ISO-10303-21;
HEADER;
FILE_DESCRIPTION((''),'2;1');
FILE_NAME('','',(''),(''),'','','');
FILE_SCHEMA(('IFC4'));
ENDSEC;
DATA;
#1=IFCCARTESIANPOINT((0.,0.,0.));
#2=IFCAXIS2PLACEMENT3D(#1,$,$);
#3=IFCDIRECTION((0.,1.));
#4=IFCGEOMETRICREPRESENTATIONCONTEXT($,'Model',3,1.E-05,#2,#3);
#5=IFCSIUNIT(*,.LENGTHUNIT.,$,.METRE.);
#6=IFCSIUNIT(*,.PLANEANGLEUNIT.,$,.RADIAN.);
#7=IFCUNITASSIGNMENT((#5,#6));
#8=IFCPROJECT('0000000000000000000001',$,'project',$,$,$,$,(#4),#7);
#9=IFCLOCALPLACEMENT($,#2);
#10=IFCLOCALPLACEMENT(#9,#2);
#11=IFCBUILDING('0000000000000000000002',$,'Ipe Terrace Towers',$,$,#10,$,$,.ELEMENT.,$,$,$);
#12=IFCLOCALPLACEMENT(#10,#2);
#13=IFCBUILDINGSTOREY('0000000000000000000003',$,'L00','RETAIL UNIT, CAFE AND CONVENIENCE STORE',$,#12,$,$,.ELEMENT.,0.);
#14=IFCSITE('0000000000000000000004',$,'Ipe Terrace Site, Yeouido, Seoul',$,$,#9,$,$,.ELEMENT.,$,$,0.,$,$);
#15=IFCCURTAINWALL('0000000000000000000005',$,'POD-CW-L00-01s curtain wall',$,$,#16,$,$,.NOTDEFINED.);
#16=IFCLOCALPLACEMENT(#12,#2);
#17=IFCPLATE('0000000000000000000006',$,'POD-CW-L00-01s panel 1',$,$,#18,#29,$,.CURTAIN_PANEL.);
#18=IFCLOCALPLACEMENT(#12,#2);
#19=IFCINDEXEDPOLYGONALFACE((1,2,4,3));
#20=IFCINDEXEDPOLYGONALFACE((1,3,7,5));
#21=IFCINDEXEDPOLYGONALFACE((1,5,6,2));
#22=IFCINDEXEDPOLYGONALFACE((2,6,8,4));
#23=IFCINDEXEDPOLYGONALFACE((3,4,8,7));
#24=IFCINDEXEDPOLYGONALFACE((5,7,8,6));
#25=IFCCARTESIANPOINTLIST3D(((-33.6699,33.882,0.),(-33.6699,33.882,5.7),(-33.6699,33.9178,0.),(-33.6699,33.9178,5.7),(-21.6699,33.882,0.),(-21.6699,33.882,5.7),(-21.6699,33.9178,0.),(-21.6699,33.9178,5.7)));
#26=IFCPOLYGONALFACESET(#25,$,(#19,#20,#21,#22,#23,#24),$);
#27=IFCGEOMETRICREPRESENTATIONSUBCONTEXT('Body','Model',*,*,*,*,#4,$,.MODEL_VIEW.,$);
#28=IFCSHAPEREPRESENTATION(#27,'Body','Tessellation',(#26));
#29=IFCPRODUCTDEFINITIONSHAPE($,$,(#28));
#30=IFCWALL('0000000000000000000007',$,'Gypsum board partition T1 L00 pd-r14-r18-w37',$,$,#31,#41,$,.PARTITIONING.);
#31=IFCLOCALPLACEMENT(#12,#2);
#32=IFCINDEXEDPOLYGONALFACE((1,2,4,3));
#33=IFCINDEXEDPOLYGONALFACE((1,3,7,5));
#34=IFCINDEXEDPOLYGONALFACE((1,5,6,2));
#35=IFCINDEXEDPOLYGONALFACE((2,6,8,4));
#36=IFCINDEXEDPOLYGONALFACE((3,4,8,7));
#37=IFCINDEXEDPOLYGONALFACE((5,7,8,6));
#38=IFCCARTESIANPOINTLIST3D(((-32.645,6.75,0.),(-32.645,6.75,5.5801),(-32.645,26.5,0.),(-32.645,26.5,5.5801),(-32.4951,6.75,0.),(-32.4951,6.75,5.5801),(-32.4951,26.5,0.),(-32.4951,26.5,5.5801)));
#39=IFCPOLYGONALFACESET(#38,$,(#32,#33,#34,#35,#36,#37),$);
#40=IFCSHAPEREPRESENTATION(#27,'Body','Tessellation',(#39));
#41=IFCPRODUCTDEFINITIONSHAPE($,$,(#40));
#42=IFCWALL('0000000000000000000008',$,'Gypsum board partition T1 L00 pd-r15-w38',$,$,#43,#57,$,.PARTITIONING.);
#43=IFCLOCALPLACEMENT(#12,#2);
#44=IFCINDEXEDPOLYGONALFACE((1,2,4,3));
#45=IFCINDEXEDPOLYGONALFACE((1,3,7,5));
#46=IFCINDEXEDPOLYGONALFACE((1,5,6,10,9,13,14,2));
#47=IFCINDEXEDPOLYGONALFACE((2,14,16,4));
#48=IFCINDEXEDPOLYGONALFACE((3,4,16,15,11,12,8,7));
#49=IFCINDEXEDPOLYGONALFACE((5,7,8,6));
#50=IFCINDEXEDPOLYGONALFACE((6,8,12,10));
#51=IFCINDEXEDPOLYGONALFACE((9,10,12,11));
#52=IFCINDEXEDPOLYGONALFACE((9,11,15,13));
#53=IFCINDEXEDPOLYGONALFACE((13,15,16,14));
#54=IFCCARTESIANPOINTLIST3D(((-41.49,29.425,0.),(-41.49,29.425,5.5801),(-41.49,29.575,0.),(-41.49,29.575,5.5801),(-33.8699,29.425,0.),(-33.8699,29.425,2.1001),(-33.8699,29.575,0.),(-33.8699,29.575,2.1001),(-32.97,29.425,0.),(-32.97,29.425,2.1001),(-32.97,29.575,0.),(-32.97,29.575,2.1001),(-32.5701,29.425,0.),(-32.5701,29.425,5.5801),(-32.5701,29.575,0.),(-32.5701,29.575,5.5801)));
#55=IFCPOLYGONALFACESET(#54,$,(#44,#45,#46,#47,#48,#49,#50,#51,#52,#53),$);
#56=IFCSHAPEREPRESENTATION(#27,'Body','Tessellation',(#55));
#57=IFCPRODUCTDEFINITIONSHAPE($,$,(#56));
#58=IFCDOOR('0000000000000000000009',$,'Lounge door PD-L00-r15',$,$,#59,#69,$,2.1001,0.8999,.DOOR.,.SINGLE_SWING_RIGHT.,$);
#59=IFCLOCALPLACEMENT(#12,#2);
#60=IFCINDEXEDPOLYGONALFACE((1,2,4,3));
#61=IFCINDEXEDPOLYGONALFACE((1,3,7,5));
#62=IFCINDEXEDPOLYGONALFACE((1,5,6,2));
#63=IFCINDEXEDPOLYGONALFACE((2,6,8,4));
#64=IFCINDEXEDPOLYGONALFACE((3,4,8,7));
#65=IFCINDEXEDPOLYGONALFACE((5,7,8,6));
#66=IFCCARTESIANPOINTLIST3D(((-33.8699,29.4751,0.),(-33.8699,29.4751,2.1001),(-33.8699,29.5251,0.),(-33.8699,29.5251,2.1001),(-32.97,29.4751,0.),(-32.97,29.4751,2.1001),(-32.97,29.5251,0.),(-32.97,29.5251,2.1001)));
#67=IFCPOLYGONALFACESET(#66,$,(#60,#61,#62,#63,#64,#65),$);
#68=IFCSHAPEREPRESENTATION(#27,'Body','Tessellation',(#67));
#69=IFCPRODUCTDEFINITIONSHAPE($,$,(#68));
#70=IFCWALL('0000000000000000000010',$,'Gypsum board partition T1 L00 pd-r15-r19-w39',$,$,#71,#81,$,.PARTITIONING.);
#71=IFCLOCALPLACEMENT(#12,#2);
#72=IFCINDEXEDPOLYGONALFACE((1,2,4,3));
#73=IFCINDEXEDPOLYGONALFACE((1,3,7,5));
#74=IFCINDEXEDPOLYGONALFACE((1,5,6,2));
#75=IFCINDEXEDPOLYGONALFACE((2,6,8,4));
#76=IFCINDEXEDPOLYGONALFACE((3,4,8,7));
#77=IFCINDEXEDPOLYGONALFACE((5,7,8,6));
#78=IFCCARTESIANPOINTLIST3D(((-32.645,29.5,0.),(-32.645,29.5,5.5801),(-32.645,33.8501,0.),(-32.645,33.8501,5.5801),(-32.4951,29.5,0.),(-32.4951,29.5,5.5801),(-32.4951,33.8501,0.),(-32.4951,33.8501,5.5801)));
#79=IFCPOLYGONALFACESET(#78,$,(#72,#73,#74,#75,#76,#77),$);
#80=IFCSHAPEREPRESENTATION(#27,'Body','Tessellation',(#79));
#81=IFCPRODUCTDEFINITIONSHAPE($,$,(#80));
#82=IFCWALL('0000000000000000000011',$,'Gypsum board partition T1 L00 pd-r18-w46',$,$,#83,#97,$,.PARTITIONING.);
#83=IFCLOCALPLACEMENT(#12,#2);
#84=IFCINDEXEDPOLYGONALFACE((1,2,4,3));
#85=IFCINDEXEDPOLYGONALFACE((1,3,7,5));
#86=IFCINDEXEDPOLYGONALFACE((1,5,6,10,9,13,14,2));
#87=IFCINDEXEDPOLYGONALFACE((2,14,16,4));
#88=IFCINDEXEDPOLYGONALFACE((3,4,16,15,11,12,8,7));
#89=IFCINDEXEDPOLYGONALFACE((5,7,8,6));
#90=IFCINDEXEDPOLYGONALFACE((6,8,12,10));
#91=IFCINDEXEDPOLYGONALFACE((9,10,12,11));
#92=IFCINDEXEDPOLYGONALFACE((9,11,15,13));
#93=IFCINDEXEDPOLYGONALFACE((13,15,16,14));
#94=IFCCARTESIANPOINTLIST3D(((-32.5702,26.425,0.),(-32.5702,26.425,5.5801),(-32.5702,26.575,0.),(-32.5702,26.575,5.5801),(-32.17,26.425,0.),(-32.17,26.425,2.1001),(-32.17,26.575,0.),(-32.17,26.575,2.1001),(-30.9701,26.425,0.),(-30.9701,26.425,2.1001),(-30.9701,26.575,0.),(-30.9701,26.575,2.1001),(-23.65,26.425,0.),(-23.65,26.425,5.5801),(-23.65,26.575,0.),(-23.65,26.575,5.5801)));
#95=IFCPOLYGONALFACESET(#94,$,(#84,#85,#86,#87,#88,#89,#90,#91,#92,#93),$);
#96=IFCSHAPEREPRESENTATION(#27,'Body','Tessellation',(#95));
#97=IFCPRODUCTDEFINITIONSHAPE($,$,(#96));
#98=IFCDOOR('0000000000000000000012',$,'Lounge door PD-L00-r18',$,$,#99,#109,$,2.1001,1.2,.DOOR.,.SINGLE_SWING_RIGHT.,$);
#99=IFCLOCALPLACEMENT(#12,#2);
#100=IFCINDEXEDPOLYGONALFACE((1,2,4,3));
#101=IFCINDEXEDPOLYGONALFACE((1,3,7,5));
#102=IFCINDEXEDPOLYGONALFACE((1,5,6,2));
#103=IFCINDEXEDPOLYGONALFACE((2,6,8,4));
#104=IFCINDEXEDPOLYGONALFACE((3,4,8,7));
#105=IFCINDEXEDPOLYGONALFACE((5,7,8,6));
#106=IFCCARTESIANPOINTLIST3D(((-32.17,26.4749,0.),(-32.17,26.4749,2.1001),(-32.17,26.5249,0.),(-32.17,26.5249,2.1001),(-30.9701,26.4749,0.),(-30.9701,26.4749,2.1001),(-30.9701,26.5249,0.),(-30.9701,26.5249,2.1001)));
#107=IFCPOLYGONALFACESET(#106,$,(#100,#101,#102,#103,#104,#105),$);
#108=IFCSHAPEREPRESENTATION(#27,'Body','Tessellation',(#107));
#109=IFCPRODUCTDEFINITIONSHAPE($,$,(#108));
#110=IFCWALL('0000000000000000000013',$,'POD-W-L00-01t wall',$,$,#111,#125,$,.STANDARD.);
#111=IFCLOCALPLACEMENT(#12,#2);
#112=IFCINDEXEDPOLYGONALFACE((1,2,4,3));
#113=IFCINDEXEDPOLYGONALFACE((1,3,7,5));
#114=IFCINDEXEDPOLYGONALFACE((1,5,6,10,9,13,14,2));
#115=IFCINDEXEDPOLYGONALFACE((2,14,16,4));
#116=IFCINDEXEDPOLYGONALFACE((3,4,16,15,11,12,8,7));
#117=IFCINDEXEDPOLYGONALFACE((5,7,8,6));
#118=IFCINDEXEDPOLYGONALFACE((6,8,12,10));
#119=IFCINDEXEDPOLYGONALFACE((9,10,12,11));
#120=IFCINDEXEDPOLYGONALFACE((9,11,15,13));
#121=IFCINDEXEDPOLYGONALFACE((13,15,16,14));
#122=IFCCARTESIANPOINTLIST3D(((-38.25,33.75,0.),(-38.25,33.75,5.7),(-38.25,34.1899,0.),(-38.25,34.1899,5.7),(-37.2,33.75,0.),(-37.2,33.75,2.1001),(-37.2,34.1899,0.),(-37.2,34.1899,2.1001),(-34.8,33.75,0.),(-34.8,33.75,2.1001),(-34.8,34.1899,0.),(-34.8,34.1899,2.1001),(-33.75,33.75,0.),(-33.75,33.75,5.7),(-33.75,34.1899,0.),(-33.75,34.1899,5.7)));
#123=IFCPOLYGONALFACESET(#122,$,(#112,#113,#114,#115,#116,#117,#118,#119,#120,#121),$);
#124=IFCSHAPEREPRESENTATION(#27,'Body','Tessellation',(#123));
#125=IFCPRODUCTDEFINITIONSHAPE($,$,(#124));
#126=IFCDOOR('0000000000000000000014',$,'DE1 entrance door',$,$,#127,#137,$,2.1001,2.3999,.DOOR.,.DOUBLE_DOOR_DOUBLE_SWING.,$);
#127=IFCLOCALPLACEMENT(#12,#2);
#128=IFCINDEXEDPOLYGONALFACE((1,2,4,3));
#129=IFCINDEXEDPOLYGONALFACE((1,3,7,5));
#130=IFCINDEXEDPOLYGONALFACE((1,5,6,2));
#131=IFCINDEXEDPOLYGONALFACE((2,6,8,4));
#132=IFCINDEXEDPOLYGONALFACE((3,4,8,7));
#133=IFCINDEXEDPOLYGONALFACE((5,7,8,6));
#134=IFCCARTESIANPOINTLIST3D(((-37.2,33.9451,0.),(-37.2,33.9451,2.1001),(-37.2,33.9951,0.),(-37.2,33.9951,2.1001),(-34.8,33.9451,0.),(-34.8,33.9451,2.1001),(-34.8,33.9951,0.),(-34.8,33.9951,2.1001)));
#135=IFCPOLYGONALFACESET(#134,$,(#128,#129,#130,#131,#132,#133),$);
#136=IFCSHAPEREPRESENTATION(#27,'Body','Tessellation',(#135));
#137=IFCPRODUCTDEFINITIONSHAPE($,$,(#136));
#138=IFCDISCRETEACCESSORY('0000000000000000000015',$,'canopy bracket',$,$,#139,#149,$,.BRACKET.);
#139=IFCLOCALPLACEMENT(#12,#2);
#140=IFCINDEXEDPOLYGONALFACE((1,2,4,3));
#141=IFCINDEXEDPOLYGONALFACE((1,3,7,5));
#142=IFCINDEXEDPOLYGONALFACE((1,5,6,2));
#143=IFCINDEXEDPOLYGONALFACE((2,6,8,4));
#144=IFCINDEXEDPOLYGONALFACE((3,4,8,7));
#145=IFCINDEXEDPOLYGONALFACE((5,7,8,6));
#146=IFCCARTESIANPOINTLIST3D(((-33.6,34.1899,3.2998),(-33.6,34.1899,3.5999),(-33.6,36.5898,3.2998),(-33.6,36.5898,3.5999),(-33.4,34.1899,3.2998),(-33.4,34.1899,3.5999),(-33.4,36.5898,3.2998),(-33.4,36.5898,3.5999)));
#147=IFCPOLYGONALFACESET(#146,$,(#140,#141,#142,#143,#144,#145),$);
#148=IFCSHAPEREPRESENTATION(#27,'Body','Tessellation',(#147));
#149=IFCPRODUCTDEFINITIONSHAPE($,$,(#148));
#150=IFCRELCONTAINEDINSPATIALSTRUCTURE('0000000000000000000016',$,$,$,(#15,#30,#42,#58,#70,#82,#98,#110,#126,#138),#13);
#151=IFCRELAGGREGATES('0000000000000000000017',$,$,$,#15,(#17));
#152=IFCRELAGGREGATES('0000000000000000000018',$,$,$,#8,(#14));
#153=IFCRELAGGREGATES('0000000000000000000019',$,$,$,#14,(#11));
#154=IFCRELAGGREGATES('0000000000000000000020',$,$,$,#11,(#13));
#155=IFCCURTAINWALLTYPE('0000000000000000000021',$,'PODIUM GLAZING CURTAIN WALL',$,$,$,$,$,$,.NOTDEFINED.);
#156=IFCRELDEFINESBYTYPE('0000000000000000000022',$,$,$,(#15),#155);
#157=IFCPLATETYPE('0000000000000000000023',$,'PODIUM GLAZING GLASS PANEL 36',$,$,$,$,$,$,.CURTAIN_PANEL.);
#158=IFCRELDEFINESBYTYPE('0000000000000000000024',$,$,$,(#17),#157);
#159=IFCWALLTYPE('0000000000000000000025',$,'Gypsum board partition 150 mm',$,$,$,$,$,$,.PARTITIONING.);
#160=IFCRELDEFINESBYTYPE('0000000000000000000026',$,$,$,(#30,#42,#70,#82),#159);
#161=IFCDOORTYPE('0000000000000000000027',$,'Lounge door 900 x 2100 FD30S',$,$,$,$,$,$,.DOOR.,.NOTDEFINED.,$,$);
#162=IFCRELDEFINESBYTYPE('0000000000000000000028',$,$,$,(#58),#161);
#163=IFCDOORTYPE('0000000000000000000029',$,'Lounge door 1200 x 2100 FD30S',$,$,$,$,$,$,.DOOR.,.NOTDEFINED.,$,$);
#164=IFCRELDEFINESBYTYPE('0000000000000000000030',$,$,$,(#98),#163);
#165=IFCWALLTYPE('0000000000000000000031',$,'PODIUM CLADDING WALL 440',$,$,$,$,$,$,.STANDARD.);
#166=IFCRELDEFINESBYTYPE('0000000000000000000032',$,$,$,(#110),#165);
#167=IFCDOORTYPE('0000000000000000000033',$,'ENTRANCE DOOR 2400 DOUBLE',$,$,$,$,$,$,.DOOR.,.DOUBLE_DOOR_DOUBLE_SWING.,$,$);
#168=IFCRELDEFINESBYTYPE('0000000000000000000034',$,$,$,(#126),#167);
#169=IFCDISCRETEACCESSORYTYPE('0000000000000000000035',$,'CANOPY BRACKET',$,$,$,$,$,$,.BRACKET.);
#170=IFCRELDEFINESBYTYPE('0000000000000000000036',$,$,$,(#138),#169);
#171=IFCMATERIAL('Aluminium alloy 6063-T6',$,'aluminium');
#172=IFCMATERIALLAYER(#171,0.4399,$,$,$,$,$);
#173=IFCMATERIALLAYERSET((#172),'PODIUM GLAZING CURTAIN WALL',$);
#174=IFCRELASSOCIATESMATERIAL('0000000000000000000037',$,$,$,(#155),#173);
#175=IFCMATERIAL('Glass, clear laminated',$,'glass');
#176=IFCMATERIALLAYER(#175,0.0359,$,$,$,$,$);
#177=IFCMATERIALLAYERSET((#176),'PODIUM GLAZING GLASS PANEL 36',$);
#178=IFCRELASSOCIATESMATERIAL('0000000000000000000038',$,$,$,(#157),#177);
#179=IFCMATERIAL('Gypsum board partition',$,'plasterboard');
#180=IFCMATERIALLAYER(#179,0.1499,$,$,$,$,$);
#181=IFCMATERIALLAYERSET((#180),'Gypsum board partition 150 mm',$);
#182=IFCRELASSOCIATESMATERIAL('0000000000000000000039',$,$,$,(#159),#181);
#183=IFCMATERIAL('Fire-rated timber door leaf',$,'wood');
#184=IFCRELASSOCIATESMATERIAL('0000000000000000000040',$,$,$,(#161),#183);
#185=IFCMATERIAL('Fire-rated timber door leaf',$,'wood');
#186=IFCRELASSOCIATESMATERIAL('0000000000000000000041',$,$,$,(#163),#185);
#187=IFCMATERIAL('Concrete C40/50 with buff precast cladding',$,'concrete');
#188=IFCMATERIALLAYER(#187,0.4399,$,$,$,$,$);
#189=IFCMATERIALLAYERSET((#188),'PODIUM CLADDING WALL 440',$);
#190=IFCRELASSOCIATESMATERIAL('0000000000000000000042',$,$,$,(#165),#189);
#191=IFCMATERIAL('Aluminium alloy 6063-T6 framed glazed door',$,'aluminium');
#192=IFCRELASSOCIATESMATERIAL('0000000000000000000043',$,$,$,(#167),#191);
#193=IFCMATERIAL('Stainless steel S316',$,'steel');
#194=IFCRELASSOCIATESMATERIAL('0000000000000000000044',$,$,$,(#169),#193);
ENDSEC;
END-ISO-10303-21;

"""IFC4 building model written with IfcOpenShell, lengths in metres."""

from ifc_helpers import new_model, si_unit, direction, frame, frame_2d, origin, origin_2d, place, context, subcontext, project, spatial, rectangle, extrude, material, layer, layer_set, type_object, element, fill, aggregate, save


model = new_model("IFC4")

# Units and contexts
model_context = context("Model", 3, precision=1e-05, world=origin(), true_north=direction((0.0, 1.0)))
body_context = subcontext(model_context, "Body", "Model", "MODEL_VIEW")
ifc_project = project(units=[si_unit("LENGTHUNIT", "METRE"), si_unit("PLANEANGLEUNIT", "RADIAN")], contexts=[model_context])

# Site, building, storey
site_placement = place(None, origin())
site = spatial("IfcSite", under=ifc_project, at=site_placement, Name="Ipe Terrace Site, Yeouido, Seoul", CompositionType="ELEMENT", RefElevation=0.0)
building_placement = place(site_placement, origin())
building = spatial("IfcBuilding", under=site, at=building_placement, Name="Ipe Terrace Towers", CompositionType="ELEMENT")
storey_placement = place(building_placement, origin())
storey = spatial("IfcBuildingStorey", under=building, at=storey_placement, Name="L00", Description="RETAIL UNIT, CAFE AND CONVENIENCE STORE", CompositionType="ELEMENT", Elevation=0.0)

# Curtain wall
ifc_material_1 = material(Name="Aluminium alloy 6063-T6", Category="aluminium")
ifc_layer_1 = layer(ifc_material_1, 0.4399)
ifc_layer_set_1 = layer_set([ifc_layer_1], Name="PODIUM GLAZING CURTAIN WALL")
curtain_wall_type = type_object("IfcCurtainWallType", Name="PODIUM GLAZING CURTAIN WALL", PredefinedType="NOTDEFINED", material=ifc_layer_set_1)
curtain_wall_1_placement = place(storey_placement, origin())
curtain_wall_1 = element("IfcCurtainWall", 1, at=curtain_wall_1_placement, inside=storey, type_object=curtain_wall_type, Name="POD-CW-L00-01s curtain wall", PredefinedType="NOTDEFINED")

# Plate
ifc_material_2 = material(Name="Glass, clear laminated", Category="glass")
ifc_layer_2 = layer(ifc_material_2, 0.0359)
ifc_layer_set_2 = layer_set([ifc_layer_2], Name="PODIUM GLAZING GLASS PANEL 36")
plate_type = type_object("IfcPlateType", Name="PODIUM GLAZING GLASS PANEL 36", PredefinedType="CURTAIN_PANEL", material=ifc_layer_set_2)
plate_placement = place(storey_placement, frame((-27.6699, 33.8999, 0.0), z_axis=(0.0, 0.0, 1.0), x_axis=(-1.0, 0.0, 0.0)))
plate = element("IfcPlate", 2, at=plate_placement, type_object=plate_type, Name="POD-CW-L00-01s panel 1", PredefinedType="CURTAIN_PANEL", context=body_context, shape_type="SweptSolid", body=[
    extrude(rectangle(XDim=12.0, YDim=0.0359, at=origin_2d()), origin(), (0.0, 0.0, 1.0), 5.7),
])
aggregate(curtain_wall_1, [plate])

# Wall
ifc_material_3 = material(Name="Gypsum board partition", Category="plasterboard")
ifc_layer_3 = layer(ifc_material_3, 0.1499)
ifc_layer_set_3 = layer_set([ifc_layer_3], Name="Gypsum board partition 150 mm")
wall_type_1 = type_object("IfcWallType", Name="Gypsum board partition 150 mm", PredefinedType="PARTITIONING", material=ifc_layer_set_3)
wall_1_placement = place(storey_placement, frame((-32.5701, 26.5, 0.0), z_axis=(0.0, 0.0, 1.0), x_axis=(0.0, -1.0, 0.0)))
element("IfcWall", 3, at=wall_1_placement, inside=storey, type_object=wall_type_1, Name="Gypsum board partition T1 L00 pd-r14-r18-w37", PredefinedType="PARTITIONING", context=body_context, shape_type="SweptSolid", body=[
    extrude(rectangle(XDim=19.75, YDim=0.1499, at=frame_2d((9.875, 0.0))), origin(), (0.0, 0.0, 1.0), 5.5801),
])

# Wall, opening, door
wall_2_placement = place(storey_placement, frame((-32.5701, 29.5, 0.0), z_axis=(0.0, 0.0, 1.0), x_axis=(-1.0, 0.0, 0.0)))
wall_2 = element("IfcWall", 4, at=wall_2_placement, inside=storey, type_object=wall_type_1, Name="Gypsum board partition T1 L00 pd-r15-w38", PredefinedType="PARTITIONING", context=body_context, shape_type="SweptSolid", body=[
    extrude(rectangle(XDim=8.9199, YDim=0.1499, at=frame_2d((4.46, 0.0))), origin(), (0.0, 0.0, 1.0), 5.5801),
])
opening_1_placement = place(wall_2_placement, frame((0.3999, 0.0, 0.0)))
opening_1 = element("IfcOpeningElement", 5, at=opening_1_placement, cuts=wall_2, PredefinedType="OPENING", context=body_context, shape_type="SweptSolid", body=[
    extrude(rectangle(XDim=0.8999, YDim=2.1001, at=frame_2d((0.45, 1.05))), frame((0.0, 0.085, 0.0), z_axis=(0.0, -1.0, 0.0), x_axis=(1.0, 0.0, 0.0)), (0.0, 0.0, 1.0), 0.1699),
])
ifc_material_4 = material(Name="Fire-rated timber door leaf", Category="wood")
door_type_1 = type_object("IfcDoorType", Name="Lounge door 900 x 2100 FD30S", OperationType="NOTDEFINED", PredefinedType="DOOR", material=ifc_material_4)
door_1_placement = place(opening_1_placement, origin())
door_1 = element("IfcDoor", 6, at=door_1_placement, inside=storey, type_object=door_type_1, Name="Lounge door PD-L00-r15", OperationType="SINGLE_SWING_RIGHT", OverallHeight=2.1001, OverallWidth=0.8999, PredefinedType="DOOR", context=body_context, shape_type="SweptSolid", body=[
    extrude(rectangle(XDim=0.8999, YDim=2.1001, at=frame_2d((0.45, 1.05))), frame((0.0, 0.0249, 0.0), z_axis=(0.0, -1.0, 0.0), x_axis=(1.0, 0.0, 0.0)), (0.0, 0.0, 1.0), 0.05),
])
fill(opening_1, door_1)

# Wall
wall_3_placement = place(storey_placement, frame((-32.5701, 33.8501, 0.0), z_axis=(0.0, 0.0, 1.0), x_axis=(0.0, -1.0, 0.0)))
element("IfcWall", 7, at=wall_3_placement, inside=storey, type_object=wall_type_1, Name="Gypsum board partition T1 L00 pd-r15-r19-w39", PredefinedType="PARTITIONING", context=body_context, shape_type="SweptSolid", body=[
    extrude(rectangle(XDim=4.3501, YDim=0.1499, at=frame_2d((2.175, 0.0))), origin(), (0.0, 0.0, 1.0), 5.5801),
])

# Walls, openings, doors
wall_4_placement = place(storey_placement, frame((-32.5701, 26.5, 0.0), z_axis=(0.0, 0.0, 1.0), x_axis=(1.0, 0.0, 0.0)))
wall_4 = element("IfcWall", 8, at=wall_4_placement, inside=storey, type_object=wall_type_1, Name="Gypsum board partition T1 L00 pd-r18-w46", PredefinedType="PARTITIONING", context=body_context, shape_type="SweptSolid", body=[
    extrude(rectangle(XDim=8.9202, YDim=0.1499, at=frame_2d((4.46, 0.0))), origin(), (0.0, 0.0, 1.0), 5.5801),
])
opening_2_placement = place(wall_4_placement, frame((0.3999, 0.0, 0.0)))
opening_2 = element("IfcOpeningElement", 9, at=opening_2_placement, cuts=wall_4, PredefinedType="OPENING", context=body_context, shape_type="SweptSolid", body=[
    extrude(rectangle(XDim=1.2, YDim=2.1001, at=frame_2d((0.6001, 1.05))), frame((0.0, 0.085, 0.0), z_axis=(0.0, -1.0, 0.0), x_axis=(1.0, 0.0, 0.0)), (0.0, 0.0, 1.0), 0.1699),
])
ifc_material_5 = material(Name="Fire-rated timber door leaf", Category="wood")
door_type_2 = type_object("IfcDoorType", Name="Lounge door 1200 x 2100 FD30S", OperationType="NOTDEFINED", PredefinedType="DOOR", material=ifc_material_5)
door_2_placement = place(opening_2_placement, origin())
door_2 = element("IfcDoor", 10, at=door_2_placement, inside=storey, type_object=door_type_2, Name="Lounge door PD-L00-r18", OperationType="SINGLE_SWING_RIGHT", OverallHeight=2.1001, OverallWidth=1.2, PredefinedType="DOOR", context=body_context, shape_type="SweptSolid", body=[
    extrude(rectangle(XDim=1.2, YDim=2.1001, at=frame_2d((0.6001, 1.05))), frame((0.0, 0.0249, 0.0), z_axis=(0.0, -1.0, 0.0), x_axis=(1.0, 0.0, 0.0)), (0.0, 0.0, 1.0), 0.05),
])
fill(opening_2, door_2)
ifc_material_6 = material(Name="Concrete C40/50 with buff precast cladding", Category="concrete")
ifc_layer_4 = layer(ifc_material_6, 0.4399)
ifc_layer_set_4 = layer_set([ifc_layer_4], Name="PODIUM CLADDING WALL 440")
wall_type_2 = type_object("IfcWallType", Name="PODIUM CLADDING WALL 440", PredefinedType="STANDARD", material=ifc_layer_set_4)
wall_5_placement = place(storey_placement, frame((-33.75, 33.97, 0.0), z_axis=(0.0, 0.0, 1.0), x_axis=(-1.0, 0.0, 0.0)))
wall_5 = element("IfcWall", 11, at=wall_5_placement, inside=storey, type_object=wall_type_2, Name="POD-W-L00-01t wall", PredefinedType="STANDARD", context=body_context, shape_type="SweptSolid", body=[
    extrude(rectangle(XDim=4.5, YDim=0.4399, at=frame_2d((2.25, 0.0))), origin(), (0.0, 0.0, 1.0), 5.7),
])
opening_3_placement = place(wall_5_placement, frame((1.05, 0.0, 0.0)))
opening_3 = element("IfcOpeningElement", 12, at=opening_3_placement, cuts=wall_5, PredefinedType="OPENING", context=body_context, shape_type="SweptSolid", body=[
    extrude(rectangle(XDim=2.3999, YDim=2.1001, at=frame_2d((1.2, 1.05))), frame((0.0, 0.23, 0.0), z_axis=(0.0, -1.0, 0.0), x_axis=(1.0, 0.0, 0.0)), (0.0, 0.0, 1.0), 0.46),
])
ifc_material_7 = material(Name="Aluminium alloy 6063-T6 framed glazed door", Category="aluminium")
door_type_3 = type_object("IfcDoorType", Name="ENTRANCE DOOR 2400 DOUBLE", OperationType="DOUBLE_DOOR_DOUBLE_SWING", PredefinedType="DOOR", material=ifc_material_7)
door_3_placement = place(opening_3_placement, origin())
door_3 = element("IfcDoor", 13, at=door_3_placement, inside=storey, type_object=door_type_3, Name="DE1 entrance door", OperationType="DOUBLE_DOOR_DOUBLE_SWING", OverallHeight=2.1001, OverallWidth=2.3999, PredefinedType="DOOR", context=body_context, shape_type="SweptSolid", body=[
    extrude(rectangle(XDim=2.3999, YDim=2.1001, at=frame_2d((1.2, 1.05))), frame((0.0, 0.0249, 0.0), z_axis=(0.0, -1.0, 0.0), x_axis=(1.0, 0.0, 0.0)), (0.0, 0.0, 1.0), 0.05),
])
fill(opening_3, door_3)

# Discrete accessory
ifc_material_8 = material(Name="Stainless steel S316", Category="steel")
discrete_accessory_type = type_object("IfcDiscreteAccessoryType", Name="CANOPY BRACKET", PredefinedType="BRACKET", material=ifc_material_8)
discrete_accessory_placement = place(storey_placement, frame((-33.5, 35.3899, 3.2998), z_axis=(0.0, 0.0, 1.0), x_axis=(1.0, 0.0, 0.0)))
element("IfcDiscreteAccessory", 14, at=discrete_accessory_placement, inside=storey, type_object=discrete_accessory_type, Name="canopy bracket", PredefinedType="BRACKET", context=body_context, shape_type="SweptSolid", body=[
    extrude(rectangle(XDim=0.2, YDim=2.3999, at=origin_2d()), origin(), (0.0, 0.0, 1.0), 0.3),
])

save(model, "model.ifc")
